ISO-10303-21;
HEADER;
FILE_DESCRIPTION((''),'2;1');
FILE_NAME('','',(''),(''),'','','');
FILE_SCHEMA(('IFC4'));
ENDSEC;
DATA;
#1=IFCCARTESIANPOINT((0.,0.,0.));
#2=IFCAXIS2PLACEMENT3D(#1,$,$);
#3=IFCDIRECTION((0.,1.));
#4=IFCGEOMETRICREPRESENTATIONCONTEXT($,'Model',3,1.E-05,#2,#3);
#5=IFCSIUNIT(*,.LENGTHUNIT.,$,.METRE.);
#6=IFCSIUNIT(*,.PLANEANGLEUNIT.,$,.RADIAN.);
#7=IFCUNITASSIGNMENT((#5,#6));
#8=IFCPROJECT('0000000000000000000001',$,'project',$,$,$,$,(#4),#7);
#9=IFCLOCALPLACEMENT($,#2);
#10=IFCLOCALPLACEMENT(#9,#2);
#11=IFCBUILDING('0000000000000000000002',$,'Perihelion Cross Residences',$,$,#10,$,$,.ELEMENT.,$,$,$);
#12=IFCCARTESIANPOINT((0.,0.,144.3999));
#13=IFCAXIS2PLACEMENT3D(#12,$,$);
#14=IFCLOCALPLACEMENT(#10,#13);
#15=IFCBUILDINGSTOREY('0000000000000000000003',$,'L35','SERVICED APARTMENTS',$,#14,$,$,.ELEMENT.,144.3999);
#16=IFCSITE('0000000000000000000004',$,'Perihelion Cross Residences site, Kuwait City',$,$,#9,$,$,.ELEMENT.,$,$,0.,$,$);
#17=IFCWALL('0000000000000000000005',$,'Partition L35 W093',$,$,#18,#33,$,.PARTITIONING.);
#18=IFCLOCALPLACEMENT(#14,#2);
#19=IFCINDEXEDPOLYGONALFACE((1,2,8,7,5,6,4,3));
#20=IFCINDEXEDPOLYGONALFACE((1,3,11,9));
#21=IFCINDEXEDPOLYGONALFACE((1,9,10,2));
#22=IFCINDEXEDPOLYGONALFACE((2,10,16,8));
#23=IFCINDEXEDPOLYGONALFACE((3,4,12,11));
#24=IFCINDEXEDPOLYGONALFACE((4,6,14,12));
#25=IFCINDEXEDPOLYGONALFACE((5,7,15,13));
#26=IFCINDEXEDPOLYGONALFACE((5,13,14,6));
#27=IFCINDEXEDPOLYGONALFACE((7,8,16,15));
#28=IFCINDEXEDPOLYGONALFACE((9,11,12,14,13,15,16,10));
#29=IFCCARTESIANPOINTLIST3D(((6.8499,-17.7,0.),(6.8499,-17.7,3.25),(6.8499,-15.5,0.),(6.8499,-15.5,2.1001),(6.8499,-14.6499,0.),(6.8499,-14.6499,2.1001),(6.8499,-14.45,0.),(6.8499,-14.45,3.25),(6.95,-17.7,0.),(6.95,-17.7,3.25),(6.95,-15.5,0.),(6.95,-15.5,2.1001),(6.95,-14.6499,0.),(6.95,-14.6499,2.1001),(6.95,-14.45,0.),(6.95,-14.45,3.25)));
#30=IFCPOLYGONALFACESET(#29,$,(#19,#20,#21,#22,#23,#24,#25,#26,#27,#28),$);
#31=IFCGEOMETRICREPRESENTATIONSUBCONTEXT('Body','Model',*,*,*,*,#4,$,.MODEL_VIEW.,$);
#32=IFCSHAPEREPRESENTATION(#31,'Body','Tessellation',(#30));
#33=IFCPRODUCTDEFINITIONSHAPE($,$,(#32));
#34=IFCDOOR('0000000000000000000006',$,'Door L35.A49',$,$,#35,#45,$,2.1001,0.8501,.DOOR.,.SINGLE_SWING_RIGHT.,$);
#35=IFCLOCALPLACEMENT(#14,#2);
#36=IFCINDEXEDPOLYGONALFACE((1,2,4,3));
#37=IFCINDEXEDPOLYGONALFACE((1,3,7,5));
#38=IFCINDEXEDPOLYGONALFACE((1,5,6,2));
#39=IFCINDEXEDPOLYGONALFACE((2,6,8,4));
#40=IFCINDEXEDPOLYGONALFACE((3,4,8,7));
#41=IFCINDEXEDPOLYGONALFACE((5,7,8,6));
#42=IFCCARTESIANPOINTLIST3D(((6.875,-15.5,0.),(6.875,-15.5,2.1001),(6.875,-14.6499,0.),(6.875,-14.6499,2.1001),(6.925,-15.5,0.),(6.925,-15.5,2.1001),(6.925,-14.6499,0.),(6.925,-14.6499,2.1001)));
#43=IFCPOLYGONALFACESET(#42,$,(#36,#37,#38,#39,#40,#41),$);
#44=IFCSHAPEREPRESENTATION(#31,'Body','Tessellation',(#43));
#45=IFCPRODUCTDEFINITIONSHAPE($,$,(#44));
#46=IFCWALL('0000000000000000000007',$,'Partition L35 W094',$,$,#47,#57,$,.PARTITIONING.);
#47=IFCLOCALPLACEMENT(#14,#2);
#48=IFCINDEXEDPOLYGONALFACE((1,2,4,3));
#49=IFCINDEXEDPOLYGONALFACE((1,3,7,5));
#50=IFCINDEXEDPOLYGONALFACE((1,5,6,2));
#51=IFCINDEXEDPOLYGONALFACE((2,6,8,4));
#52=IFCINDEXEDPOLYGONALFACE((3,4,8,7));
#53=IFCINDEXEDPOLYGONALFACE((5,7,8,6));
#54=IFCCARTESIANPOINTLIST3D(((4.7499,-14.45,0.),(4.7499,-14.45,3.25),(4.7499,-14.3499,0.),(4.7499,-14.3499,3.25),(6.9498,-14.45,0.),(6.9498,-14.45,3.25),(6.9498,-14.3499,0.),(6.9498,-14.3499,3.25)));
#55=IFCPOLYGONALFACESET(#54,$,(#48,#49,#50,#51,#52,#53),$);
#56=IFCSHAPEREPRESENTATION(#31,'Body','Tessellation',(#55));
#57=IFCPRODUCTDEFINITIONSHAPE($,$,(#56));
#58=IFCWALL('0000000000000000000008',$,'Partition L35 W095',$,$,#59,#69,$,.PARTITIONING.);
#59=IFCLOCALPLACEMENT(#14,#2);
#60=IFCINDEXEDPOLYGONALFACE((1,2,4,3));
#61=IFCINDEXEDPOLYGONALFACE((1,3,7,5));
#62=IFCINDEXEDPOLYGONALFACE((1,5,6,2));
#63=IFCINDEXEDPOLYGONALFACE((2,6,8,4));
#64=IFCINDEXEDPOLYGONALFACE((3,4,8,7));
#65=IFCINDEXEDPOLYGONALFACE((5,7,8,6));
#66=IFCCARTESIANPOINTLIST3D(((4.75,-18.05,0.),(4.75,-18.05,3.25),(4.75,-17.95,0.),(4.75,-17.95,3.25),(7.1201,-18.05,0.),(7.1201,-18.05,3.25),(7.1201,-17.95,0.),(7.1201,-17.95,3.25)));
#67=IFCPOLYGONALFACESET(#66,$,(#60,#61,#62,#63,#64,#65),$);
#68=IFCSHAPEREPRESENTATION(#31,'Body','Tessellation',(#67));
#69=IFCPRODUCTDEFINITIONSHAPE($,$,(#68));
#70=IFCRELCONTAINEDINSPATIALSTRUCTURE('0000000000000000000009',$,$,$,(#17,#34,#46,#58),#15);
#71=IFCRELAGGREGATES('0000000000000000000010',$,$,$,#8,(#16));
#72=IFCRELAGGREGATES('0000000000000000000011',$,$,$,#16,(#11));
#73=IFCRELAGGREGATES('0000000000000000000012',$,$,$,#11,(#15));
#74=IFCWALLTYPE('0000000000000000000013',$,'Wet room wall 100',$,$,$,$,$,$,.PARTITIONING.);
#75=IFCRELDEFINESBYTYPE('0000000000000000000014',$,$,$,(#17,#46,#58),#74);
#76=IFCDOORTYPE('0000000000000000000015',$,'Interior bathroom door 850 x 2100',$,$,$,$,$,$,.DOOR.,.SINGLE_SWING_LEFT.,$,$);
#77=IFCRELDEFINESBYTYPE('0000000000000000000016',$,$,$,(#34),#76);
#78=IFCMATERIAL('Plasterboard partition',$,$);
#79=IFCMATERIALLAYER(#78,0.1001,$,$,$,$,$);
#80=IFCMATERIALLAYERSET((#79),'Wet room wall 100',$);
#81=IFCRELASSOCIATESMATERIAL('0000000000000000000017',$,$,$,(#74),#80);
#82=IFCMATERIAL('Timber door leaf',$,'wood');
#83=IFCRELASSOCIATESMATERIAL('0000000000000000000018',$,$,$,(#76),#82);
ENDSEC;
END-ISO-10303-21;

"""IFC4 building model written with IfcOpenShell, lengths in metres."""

from ifc_helpers import new_model, si_unit, direction, frame, frame_2d, origin, place, context, subcontext, project, spatial, rectangle, extrude, material, layer, layer_set, type_object, element, fill, save


model = new_model("IFC4")

# Units and contexts
model_context = context("Model", 3, precision=1e-05, world=origin(), true_north=direction((0.0, 1.0)))
body_context = subcontext(model_context, "Body", "Model", "MODEL_VIEW")
ifc_project = project(units=[si_unit("LENGTHUNIT", "METRE"), si_unit("PLANEANGLEUNIT", "RADIAN")], contexts=[model_context])

# Site, building, storey
site_placement = place(None, origin())
site = spatial("IfcSite", under=ifc_project, at=site_placement, Name="Perihelion Cross Residences site, Kuwait City", CompositionType="ELEMENT", RefElevation=0.0)
building_placement = place(site_placement, origin())
building = spatial("IfcBuilding", under=site, at=building_placement, Name="Perihelion Cross Residences", CompositionType="ELEMENT")
storey_placement = place(building_placement, frame((0.0, 0.0, 144.3999)))
storey = spatial("IfcBuildingStorey", under=building, at=storey_placement, Name="L35", Description="SERVICED APARTMENTS", CompositionType="ELEMENT", Elevation=144.3999)

# Wall, opening, door
ifc_material_1 = material(Name="Plasterboard partition")
ifc_layer_1 = layer(ifc_material_1, 0.1001)
ifc_layer_set_1 = layer_set([ifc_layer_1], Name="Wet room wall 100")
wall_type_1 = type_object("IfcWallType", Name="Wet room wall 100", PredefinedType="PARTITIONING", material=ifc_layer_set_1)
wall_1_placement = place(storey_placement, frame((6.8999, -17.7, 0.0), z_axis=(0.0, 0.0, 1.0), x_axis=(0.0, 1.0, 0.0)))
wall_1 = element("IfcWall", 1, at=wall_1_placement, inside=storey, type_object=wall_type_1, Name="Partition L35 W093", PredefinedType="PARTITIONING", context=body_context, shape_type="SweptSolid", body=[
    extrude(rectangle(XDim=3.25, YDim=0.1001, at=frame_2d((1.625, 0.0))), origin(), (0.0, 0.0, 1.0), 3.25),
])
opening_1_placement = place(wall_1_placement, frame((2.2, 0.0, 0.0)))
opening_1 = element("IfcOpeningElement", 2, at=opening_1_placement, cuts=wall_1, PredefinedType="OPENING", context=body_context, shape_type="SweptSolid", body=[
    extrude(rectangle(XDim=0.8501, YDim=2.1001, at=frame_2d((0.425, 1.05))), frame((0.0, 0.0601, 0.0), z_axis=(0.0, -1.0, 0.0), x_axis=(1.0, 0.0, 0.0)), (0.0, 0.0, 1.0), 0.1201),
])
ifc_material_2 = material(Name="Timber door leaf", Category="wood")
door_type_1 = type_object("IfcDoorType", Name="Interior bathroom door 850 x 2100", OperationType="SINGLE_SWING_LEFT", PredefinedType="DOOR", material=ifc_material_2)
door_1_placement = place(opening_1_placement, origin())
door_1 = element("IfcDoor", 3, at=door_1_placement, inside=storey, type_object=door_type_1, Name="Door L35.A49", OperationType="SINGLE_SWING_RIGHT", OverallHeight=2.1001, OverallWidth=0.8501, PredefinedType="DOOR", context=body_context, shape_type="SweptSolid", body=[
    extrude(rectangle(XDim=0.8501, YDim=2.1001, at=frame_2d((0.425, 1.05))), frame((0.0, 0.0249, 0.0), z_axis=(0.0, -1.0, 0.0), x_axis=(1.0, 0.0, 0.0)), (0.0, 0.0, 1.0), 0.05),
])
fill(opening_1, door_1)

# Walls
wall_2_placement = place(storey_placement, frame((6.95, -14.3999, 0.0), z_axis=(0.0, 0.0, 1.0), x_axis=(-1.0, 0.0, 0.0)))
element("IfcWall", 4, at=wall_2_placement, inside=storey, type_object=wall_type_1, Name="Partition L35 W094", PredefinedType="PARTITIONING", context=body_context, shape_type="SweptSolid", body=[
    extrude(rectangle(XDim=2.2, YDim=0.1001, at=frame_2d((1.1001, 0.0))), origin(), (0.0, 0.0, 1.0), 3.25),
])
wall_3_placement = place(storey_placement, frame((7.1201, -18.0, 0.0), z_axis=(0.0, 0.0, 1.0), x_axis=(-1.0, 0.0, 0.0)))
element("IfcWall", 5, at=wall_3_placement, inside=storey, type_object=wall_type_1, Name="Partition L35 W095", PredefinedType="PARTITIONING", context=body_context, shape_type="SweptSolid", body=[
    extrude(rectangle(XDim=2.3701, YDim=0.1001, at=frame_2d((1.1851, 0.0))), origin(), (0.0, 0.0, 1.0), 3.25),
])

save(model, "model.ifc")
